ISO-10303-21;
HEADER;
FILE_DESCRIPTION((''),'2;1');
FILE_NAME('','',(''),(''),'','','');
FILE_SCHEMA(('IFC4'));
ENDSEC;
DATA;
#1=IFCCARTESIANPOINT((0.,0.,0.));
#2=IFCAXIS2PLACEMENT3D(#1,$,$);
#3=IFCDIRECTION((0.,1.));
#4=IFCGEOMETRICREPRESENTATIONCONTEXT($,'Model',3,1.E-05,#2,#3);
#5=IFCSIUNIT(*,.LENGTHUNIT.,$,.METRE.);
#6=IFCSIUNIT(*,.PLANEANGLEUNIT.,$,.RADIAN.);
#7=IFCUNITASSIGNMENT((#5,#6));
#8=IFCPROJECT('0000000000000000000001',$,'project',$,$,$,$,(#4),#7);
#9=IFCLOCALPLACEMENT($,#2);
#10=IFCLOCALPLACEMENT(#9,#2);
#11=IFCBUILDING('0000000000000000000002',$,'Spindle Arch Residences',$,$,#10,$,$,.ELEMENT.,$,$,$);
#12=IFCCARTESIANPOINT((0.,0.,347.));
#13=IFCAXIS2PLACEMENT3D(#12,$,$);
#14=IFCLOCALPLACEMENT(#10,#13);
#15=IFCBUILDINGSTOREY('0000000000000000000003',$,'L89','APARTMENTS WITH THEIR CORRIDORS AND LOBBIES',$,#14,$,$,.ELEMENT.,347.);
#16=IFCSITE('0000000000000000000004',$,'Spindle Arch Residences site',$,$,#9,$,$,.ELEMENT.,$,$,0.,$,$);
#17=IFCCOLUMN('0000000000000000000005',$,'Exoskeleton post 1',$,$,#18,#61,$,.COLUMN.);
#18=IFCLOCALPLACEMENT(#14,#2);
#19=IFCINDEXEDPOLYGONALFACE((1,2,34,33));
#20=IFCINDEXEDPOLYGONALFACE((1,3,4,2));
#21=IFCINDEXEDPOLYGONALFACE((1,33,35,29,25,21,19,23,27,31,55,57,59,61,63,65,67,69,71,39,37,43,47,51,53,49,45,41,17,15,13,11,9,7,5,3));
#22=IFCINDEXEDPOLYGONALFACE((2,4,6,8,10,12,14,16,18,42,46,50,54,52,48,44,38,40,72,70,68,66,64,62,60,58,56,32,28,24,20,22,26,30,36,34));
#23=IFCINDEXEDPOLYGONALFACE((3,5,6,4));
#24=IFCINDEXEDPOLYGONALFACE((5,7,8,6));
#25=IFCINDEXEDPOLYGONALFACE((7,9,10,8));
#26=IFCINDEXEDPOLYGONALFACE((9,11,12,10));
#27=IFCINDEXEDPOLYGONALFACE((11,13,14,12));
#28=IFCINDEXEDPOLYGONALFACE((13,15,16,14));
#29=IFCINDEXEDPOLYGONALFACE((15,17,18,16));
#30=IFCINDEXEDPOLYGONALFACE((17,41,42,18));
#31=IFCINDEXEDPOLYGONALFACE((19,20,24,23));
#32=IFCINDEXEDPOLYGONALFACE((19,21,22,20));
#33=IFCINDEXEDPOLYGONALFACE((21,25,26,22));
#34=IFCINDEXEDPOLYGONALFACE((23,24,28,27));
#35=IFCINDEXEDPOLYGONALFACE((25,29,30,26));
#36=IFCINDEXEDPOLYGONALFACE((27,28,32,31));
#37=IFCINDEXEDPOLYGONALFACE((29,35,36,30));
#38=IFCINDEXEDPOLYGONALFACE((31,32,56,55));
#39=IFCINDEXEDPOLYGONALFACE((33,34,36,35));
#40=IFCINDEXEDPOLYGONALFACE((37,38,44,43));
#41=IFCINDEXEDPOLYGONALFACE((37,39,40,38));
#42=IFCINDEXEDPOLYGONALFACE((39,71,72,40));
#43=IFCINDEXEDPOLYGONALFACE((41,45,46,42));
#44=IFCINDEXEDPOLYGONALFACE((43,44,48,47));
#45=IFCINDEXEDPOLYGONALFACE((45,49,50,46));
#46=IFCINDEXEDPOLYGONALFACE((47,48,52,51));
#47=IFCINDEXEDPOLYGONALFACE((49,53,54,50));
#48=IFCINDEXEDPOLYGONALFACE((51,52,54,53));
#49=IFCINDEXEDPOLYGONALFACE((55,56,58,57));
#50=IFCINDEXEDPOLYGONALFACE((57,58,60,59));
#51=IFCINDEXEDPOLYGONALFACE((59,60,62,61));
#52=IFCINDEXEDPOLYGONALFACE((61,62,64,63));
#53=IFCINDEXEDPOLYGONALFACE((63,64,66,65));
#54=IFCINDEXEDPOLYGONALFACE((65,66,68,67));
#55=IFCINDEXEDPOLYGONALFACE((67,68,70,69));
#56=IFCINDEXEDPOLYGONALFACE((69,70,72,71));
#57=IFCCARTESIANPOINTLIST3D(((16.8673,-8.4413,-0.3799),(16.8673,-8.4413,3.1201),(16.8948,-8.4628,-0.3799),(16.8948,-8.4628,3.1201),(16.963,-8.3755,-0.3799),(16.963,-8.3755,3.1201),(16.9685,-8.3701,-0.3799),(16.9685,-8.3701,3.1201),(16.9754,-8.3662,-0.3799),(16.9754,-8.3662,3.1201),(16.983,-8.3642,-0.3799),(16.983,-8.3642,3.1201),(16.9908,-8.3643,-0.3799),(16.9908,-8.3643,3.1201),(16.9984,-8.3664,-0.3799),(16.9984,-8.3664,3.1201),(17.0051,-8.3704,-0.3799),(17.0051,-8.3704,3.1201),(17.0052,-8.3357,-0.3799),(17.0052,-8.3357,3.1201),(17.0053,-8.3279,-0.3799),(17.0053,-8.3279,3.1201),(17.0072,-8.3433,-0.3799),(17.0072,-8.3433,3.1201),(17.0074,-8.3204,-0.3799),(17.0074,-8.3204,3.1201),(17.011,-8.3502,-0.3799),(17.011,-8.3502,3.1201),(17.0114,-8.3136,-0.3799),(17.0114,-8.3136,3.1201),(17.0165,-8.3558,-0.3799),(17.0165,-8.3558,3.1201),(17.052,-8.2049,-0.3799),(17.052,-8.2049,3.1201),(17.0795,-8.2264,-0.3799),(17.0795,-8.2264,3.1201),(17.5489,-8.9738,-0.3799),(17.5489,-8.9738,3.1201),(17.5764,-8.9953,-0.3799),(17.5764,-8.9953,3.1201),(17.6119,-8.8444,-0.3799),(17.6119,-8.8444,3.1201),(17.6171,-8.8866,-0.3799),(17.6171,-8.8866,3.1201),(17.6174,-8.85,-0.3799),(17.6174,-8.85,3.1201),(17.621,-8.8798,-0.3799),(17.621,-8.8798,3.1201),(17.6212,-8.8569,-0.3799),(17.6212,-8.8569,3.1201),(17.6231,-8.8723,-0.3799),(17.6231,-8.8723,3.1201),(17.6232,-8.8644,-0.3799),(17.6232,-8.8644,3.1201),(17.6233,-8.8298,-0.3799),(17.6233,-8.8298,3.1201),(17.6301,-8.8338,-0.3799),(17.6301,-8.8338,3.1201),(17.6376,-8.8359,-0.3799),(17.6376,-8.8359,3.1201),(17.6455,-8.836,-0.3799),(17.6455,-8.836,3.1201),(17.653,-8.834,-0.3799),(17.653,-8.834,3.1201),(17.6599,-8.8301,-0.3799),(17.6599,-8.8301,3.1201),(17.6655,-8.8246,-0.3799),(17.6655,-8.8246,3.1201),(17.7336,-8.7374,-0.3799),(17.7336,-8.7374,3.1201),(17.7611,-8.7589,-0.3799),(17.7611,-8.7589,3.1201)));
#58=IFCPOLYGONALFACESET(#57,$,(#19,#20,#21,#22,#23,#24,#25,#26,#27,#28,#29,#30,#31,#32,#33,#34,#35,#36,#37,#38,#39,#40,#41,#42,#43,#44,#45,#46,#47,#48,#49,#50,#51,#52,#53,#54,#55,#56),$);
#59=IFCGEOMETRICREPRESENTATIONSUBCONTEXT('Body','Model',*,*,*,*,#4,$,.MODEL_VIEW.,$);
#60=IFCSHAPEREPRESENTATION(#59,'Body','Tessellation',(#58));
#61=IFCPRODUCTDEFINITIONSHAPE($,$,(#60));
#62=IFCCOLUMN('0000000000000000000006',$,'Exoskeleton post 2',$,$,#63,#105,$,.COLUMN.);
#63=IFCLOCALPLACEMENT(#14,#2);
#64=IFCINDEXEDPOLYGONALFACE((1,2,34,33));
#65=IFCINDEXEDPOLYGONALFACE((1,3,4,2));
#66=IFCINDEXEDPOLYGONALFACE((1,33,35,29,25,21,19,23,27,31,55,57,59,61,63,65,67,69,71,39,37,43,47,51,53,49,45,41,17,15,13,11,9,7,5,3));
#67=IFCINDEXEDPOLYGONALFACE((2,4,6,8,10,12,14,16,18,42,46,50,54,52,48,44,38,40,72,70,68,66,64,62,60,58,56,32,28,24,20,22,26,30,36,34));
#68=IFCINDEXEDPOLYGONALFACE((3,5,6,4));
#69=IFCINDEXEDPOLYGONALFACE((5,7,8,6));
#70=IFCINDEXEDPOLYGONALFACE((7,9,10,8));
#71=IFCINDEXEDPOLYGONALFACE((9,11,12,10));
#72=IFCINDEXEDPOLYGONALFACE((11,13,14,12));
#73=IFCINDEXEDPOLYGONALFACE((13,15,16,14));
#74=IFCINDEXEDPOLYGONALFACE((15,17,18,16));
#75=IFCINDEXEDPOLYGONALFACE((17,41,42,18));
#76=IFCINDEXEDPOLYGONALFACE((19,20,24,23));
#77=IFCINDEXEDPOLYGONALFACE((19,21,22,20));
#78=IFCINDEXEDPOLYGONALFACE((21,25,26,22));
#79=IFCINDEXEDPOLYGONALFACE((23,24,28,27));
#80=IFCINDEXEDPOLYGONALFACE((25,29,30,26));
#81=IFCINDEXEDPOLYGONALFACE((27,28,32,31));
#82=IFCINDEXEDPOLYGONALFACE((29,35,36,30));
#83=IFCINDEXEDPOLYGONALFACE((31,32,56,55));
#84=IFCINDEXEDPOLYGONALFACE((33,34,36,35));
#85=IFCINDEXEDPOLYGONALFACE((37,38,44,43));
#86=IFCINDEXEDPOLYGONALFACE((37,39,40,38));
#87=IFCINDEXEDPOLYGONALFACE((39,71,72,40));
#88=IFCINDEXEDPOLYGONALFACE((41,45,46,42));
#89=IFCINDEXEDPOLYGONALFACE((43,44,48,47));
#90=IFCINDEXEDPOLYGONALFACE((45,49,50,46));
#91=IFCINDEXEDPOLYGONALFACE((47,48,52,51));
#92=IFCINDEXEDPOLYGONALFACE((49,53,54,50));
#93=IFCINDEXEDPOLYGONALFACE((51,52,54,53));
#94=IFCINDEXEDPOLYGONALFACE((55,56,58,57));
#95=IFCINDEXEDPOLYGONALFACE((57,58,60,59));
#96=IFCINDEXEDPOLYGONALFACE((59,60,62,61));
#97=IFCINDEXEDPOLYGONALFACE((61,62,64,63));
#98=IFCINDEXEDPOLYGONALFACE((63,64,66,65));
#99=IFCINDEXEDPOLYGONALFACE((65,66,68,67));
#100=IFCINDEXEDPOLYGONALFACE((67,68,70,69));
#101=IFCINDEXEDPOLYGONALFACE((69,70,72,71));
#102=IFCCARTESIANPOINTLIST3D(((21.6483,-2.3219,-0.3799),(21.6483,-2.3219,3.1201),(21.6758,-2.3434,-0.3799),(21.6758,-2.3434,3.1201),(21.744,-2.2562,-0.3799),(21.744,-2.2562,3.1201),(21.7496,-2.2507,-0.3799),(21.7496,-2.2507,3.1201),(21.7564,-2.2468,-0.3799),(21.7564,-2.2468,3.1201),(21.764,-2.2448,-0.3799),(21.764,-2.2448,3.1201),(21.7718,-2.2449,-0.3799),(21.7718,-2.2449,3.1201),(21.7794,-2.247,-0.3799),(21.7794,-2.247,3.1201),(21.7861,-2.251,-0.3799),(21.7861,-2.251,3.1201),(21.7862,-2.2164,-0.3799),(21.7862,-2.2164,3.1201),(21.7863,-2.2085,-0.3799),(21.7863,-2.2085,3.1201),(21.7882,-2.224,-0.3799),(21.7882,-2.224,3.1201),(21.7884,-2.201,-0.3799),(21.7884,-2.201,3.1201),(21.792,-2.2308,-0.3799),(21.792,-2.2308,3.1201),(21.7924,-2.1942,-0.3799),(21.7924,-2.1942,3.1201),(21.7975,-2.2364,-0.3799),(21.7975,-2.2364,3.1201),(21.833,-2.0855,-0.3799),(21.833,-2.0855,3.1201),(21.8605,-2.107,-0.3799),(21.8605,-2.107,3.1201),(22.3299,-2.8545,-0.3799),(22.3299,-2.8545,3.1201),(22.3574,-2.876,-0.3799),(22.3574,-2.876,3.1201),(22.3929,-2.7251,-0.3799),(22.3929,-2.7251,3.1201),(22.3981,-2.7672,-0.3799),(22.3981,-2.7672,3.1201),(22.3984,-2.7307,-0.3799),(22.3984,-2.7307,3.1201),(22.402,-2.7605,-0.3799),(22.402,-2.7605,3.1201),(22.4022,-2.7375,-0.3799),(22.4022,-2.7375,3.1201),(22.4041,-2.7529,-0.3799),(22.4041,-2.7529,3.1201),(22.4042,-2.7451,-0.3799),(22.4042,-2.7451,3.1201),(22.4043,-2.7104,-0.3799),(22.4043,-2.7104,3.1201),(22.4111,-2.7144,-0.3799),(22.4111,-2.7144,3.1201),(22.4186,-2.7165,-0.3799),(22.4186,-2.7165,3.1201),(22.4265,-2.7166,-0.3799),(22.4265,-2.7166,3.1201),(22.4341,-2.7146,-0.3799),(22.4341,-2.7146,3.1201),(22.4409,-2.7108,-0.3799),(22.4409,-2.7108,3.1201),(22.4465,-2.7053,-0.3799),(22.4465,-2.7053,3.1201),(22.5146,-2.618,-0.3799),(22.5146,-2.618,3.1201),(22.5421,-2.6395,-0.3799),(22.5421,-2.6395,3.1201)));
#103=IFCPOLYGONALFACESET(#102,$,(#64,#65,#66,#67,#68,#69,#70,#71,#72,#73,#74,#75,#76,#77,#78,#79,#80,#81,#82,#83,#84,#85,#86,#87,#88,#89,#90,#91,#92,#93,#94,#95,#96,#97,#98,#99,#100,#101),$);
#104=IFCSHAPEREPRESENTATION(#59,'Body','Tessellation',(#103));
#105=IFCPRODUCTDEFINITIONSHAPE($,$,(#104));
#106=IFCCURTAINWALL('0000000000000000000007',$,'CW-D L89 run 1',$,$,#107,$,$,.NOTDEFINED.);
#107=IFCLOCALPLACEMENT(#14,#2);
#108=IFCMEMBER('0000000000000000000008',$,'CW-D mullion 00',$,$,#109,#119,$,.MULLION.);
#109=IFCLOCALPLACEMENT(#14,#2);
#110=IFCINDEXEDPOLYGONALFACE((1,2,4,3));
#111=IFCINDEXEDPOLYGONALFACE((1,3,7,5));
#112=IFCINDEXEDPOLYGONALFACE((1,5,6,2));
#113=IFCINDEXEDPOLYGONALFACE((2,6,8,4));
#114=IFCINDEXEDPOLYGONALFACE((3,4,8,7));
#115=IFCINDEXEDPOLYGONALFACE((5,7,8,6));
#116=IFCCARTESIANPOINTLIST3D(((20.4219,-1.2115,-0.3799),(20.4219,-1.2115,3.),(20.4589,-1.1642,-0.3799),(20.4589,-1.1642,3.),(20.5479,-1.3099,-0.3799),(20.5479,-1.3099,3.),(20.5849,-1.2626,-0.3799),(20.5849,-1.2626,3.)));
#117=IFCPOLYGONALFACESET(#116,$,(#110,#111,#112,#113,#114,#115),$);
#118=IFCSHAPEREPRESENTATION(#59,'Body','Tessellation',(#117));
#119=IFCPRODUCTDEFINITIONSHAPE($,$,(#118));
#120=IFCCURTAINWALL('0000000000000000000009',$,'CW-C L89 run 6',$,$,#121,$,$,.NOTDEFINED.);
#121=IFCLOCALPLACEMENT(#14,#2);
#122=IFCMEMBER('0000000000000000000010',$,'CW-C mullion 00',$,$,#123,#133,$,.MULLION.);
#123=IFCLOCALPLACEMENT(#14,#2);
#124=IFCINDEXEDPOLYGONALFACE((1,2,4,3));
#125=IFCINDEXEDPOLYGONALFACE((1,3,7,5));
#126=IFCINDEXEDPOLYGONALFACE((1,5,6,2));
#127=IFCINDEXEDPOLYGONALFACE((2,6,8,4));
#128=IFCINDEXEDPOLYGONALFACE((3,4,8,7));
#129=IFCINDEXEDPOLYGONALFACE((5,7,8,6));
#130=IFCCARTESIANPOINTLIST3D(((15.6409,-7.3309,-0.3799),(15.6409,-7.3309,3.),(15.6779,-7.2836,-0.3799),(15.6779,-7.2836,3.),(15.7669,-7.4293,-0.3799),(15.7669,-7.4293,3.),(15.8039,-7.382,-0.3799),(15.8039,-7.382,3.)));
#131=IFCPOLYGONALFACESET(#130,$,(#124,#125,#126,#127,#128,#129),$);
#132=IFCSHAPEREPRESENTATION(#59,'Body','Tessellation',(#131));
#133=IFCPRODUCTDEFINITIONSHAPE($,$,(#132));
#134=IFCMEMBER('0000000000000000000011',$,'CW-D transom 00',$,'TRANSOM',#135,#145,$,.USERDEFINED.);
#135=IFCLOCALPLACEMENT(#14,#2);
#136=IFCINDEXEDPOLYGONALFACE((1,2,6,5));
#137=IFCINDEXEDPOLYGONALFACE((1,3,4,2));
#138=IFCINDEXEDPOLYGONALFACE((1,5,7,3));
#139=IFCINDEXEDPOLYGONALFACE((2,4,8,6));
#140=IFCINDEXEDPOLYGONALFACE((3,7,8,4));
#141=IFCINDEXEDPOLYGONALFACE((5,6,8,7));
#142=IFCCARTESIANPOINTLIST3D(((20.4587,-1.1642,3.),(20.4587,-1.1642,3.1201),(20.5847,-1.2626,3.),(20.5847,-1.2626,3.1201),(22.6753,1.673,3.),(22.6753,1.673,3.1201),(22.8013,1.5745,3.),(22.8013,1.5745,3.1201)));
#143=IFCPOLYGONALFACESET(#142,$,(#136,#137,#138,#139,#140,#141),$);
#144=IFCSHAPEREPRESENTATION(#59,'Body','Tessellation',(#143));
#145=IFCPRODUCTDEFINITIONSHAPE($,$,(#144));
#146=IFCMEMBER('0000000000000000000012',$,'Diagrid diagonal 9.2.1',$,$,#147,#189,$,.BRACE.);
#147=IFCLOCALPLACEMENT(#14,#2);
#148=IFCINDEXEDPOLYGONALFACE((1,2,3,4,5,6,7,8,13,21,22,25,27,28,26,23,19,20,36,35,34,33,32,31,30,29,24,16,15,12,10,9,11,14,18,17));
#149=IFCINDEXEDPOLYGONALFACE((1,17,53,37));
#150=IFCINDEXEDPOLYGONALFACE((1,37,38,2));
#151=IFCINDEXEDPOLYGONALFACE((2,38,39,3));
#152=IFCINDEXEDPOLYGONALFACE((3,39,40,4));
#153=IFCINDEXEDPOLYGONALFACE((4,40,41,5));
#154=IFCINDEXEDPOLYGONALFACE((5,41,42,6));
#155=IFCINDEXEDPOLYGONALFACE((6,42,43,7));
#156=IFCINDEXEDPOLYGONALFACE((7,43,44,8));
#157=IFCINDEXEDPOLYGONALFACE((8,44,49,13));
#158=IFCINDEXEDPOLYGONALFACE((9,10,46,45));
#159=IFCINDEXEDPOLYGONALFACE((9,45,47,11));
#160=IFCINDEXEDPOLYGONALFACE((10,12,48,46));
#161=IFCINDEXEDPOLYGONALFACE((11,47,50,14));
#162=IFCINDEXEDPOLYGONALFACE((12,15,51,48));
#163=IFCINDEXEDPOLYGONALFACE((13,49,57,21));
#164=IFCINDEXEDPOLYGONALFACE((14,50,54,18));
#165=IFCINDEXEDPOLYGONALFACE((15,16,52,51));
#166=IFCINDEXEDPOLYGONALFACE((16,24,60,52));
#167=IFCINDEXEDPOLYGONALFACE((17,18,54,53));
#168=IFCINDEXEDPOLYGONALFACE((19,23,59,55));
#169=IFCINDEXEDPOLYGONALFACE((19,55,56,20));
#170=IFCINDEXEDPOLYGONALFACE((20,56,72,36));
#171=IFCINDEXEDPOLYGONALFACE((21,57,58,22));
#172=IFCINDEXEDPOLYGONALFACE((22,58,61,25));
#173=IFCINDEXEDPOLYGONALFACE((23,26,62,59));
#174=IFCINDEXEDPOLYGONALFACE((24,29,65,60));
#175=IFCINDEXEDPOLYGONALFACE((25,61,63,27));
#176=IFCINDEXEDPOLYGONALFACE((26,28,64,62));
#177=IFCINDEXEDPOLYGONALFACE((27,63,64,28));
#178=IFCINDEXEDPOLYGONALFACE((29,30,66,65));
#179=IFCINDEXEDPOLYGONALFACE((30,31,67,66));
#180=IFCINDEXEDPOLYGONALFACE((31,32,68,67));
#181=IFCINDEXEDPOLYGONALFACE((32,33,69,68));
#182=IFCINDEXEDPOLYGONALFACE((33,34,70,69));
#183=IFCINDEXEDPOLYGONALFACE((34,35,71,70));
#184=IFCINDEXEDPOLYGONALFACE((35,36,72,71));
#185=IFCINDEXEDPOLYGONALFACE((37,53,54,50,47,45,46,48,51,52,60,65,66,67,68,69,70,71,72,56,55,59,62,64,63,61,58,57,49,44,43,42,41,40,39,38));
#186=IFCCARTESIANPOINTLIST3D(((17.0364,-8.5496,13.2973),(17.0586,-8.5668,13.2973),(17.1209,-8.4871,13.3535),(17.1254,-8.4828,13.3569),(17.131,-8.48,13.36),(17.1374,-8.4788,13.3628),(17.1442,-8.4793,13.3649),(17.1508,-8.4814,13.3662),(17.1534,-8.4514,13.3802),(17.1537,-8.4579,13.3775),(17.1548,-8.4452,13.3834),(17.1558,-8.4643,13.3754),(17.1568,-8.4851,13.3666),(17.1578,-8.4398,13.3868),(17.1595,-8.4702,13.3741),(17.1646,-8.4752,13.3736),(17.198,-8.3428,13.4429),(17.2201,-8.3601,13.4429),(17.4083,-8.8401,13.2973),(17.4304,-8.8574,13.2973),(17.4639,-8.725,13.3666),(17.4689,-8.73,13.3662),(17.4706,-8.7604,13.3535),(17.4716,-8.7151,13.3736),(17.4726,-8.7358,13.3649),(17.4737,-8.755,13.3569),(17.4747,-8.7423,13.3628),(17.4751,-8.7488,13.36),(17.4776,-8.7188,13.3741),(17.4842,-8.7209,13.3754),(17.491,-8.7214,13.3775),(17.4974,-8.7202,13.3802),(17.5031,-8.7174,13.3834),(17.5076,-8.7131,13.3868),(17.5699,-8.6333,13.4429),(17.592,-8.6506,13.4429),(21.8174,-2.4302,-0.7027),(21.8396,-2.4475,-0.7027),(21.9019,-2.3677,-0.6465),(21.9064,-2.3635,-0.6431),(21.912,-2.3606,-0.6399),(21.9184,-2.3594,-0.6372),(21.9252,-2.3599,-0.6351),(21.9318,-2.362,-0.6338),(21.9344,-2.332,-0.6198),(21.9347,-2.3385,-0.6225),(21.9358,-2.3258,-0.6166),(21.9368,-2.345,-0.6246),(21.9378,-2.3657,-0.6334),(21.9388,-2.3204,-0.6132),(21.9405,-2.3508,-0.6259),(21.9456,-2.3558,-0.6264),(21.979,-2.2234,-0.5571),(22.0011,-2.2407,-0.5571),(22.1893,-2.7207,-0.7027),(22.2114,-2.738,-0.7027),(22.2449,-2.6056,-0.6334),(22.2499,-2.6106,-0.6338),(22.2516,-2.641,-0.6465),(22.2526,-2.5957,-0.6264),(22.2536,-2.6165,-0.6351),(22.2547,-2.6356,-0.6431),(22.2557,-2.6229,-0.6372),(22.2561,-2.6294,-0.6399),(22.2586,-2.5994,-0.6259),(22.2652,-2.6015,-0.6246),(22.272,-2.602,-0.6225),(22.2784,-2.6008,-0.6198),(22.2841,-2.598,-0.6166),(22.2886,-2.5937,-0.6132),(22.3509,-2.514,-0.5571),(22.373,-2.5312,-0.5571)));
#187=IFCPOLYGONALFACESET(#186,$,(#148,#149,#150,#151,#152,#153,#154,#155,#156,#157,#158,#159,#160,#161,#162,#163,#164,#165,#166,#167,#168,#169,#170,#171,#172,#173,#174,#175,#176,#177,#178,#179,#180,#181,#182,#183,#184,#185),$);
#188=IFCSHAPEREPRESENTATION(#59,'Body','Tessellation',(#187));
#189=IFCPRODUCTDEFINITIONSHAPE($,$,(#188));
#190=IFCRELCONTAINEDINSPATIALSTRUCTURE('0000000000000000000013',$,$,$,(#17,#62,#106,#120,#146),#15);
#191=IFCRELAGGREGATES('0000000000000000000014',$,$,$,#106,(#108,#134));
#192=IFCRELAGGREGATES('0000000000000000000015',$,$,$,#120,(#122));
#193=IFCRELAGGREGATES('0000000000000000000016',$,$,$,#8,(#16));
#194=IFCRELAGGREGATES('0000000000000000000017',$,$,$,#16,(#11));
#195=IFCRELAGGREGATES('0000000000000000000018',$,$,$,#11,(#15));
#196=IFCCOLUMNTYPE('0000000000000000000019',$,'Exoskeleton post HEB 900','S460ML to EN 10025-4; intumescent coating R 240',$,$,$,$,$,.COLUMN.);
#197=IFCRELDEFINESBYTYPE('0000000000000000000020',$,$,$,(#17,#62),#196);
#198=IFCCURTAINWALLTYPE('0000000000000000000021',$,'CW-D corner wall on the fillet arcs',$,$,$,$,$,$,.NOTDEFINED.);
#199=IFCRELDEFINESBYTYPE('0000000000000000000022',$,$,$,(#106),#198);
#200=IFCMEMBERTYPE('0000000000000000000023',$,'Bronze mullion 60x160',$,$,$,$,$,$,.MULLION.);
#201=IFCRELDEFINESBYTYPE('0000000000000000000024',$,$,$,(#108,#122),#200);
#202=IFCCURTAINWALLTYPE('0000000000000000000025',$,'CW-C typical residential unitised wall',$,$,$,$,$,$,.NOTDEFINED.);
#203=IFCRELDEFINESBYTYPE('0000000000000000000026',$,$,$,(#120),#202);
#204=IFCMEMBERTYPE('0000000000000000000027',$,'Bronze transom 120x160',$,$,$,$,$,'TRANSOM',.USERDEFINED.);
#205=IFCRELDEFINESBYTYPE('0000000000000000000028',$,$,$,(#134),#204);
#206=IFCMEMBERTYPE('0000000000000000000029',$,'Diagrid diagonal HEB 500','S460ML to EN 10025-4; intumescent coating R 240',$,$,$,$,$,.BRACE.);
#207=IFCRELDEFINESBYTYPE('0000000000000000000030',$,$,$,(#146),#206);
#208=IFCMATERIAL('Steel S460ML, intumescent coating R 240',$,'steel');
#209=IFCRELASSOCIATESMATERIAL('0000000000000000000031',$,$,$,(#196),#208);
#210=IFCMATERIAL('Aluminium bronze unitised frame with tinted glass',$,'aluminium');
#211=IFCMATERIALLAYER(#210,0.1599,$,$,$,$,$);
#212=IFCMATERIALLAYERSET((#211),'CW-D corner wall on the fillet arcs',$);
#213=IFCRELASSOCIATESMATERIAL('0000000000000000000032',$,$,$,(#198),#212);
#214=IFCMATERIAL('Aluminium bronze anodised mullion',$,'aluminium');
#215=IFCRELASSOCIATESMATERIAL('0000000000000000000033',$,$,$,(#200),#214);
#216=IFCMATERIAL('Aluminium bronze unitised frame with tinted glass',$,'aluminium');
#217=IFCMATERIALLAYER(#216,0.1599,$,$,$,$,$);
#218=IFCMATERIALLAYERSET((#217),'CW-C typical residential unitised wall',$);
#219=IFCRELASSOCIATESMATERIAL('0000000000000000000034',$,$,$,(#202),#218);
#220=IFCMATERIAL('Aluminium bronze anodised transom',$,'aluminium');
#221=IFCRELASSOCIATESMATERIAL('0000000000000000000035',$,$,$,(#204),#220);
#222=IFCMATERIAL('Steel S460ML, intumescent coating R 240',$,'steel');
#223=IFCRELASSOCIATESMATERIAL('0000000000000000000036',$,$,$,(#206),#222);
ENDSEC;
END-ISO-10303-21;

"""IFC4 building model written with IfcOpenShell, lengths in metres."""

from ifc_helpers import new_model, si_unit, direction, frame, origin, origin_2d, place, context, subcontext, project, spatial, rectangle, i_section, extrude, material, layer, layer_set, material_profile, profile_set, type_object, element, aggregate, save


model = new_model("IFC4")

# Units and contexts
model_context = context("Model", 3, precision=1e-05, world=origin(), true_north=direction((0.0, 1.0)))
body_context = subcontext(model_context, "Body", "Model", "MODEL_VIEW")
ifc_project = project(units=[si_unit("LENGTHUNIT", "METRE"), si_unit("PLANEANGLEUNIT", "RADIAN")], contexts=[model_context])

# Site, building, storey
site_placement = place(None, origin())
site = spatial("IfcSite", under=ifc_project, at=site_placement, Name="Spindle Arch Residences site", CompositionType="ELEMENT", RefElevation=0.0)
building_placement = place(site_placement, origin())
building = spatial("IfcBuilding", under=site, at=building_placement, Name="Spindle Arch Residences", CompositionType="ELEMENT")
storey_placement = place(building_placement, frame((0.0, 0.0, 347.0)))
storey = spatial("IfcBuildingStorey", under=building, at=storey_placement, Name="L89", Description="APARTMENTS WITH THEIR CORRIDORS AND LOBBIES", CompositionType="ELEMENT", Elevation=347.0)

# Columns
ifc_material_1 = material(Name="Steel S460ML, intumescent coating R 240", Category="steel")
ifc_material_profile_1 = material_profile(ifc_material_1, i_section(OverallWidth=0.3, OverallDepth=0.8999, WebThickness=0.0186, FlangeThickness=0.0349, FilletRadius=0.03, at=origin_2d()), Name="HEB 900")
ifc_profile_set_1 = profile_set([ifc_material_profile_1], Name="Steel S460ML, intumescent coating R 240")
column_type = type_object("IfcColumnType", Name="Exoskeleton post HEB 900", Description="S460ML to EN 10025-4; intumescent coating R 240", PredefinedType="COLUMN", material=ifc_profile_set_1)
for number, where, z_axis, x_axis, name in (
    (1, (17.3142, -8.6001, -0.3799), (0.0, 0.0, 1.0), (-0.615661, -0.788011, 0.0), "Exoskeleton post 1"),
    (2, (22.0952, -2.4807, -0.3799), (0.0, 0.0, 1.0), (-0.615661, -0.788011, 0.0), "Exoskeleton post 2"),
):
    element("IfcColumn", number, at=place(storey_placement, frame(where, z_axis=z_axis, x_axis=x_axis)), inside=storey, type_object=column_type, Name=name, PredefinedType="COLUMN", context=body_context, shape_type="SweptSolid", body=[
        extrude(i_section(OverallWidth=0.3, OverallDepth=0.8999, WebThickness=0.0186, FlangeThickness=0.0349, FilletRadius=0.03, at=origin_2d()), origin(), (0.0, 0.0, 1.0), 3.5),
    ])

# Curtain walls, members
ifc_material_2 = material(Name="Aluminium bronze unitised frame with tinted glass", Category="aluminium")
ifc_layer_1 = layer(ifc_material_2, 0.1599)
ifc_layer_set_1 = layer_set([ifc_layer_1], Name="CW-D corner wall on the fillet arcs")
curtain_wall_type_1 = type_object("IfcCurtainWallType", Name="CW-D corner wall on the fillet arcs", PredefinedType="NOTDEFINED", material=ifc_layer_set_1)
curtain_wall_1_placement = place(storey_placement, origin())
curtain_wall_1 = element("IfcCurtainWall", 3, at=curtain_wall_1_placement, inside=storey, type_object=curtain_wall_type_1, Name="CW-D L89 run 1", PredefinedType="NOTDEFINED")
ifc_material_3 = material(Name="Aluminium bronze anodised mullion", Category="aluminium")
ifc_material_profile_2 = material_profile(ifc_material_3, rectangle(XDim=0.1599, YDim=0.0601, at=origin_2d()), Name="MU 60x160")
ifc_profile_set_2 = profile_set([ifc_material_profile_2], Name="Aluminium bronze anodised mullion")
member_type_1 = type_object("IfcMemberType", Name="Bronze mullion 60x160", PredefinedType="MULLION", material=ifc_profile_set_2)
member_1_placement = place(storey_placement, frame((20.5034, -1.2371, -0.3799), z_axis=(0.0, 0.0, 1.0), x_axis=(-0.788011, 0.615661, 0.0)))
member_1 = element("IfcMember", 4, at=member_1_placement, type_object=member_type_1, Name="CW-D mullion 00", PredefinedType="MULLION", context=body_context, shape_type="SweptSolid", body=[
    extrude(rectangle(XDim=0.1599, YDim=0.0601, at=origin_2d()), origin(), (0.0, 0.0, 1.0), 3.3799),
])
ifc_material_4 = material(Name="Aluminium bronze unitised frame with tinted glass", Category="aluminium")
ifc_layer_2 = layer(ifc_material_4, 0.1599)
ifc_layer_set_2 = layer_set([ifc_layer_2], Name="CW-C typical residential unitised wall")
curtain_wall_type_2 = type_object("IfcCurtainWallType", Name="CW-C typical residential unitised wall", PredefinedType="NOTDEFINED", material=ifc_layer_set_2)
curtain_wall_2_placement = place(storey_placement, origin())
curtain_wall_2 = element("IfcCurtainWall", 5, at=curtain_wall_2_placement, inside=storey, type_object=curtain_wall_type_2, Name="CW-C L89 run 6", PredefinedType="NOTDEFINED")
member_2_placement = place(storey_placement, frame((15.7224, -7.3564, -0.3799), z_axis=(0.0, 0.0, 1.0), x_axis=(-0.788011, 0.615661, 0.0)))
member_2 = element("IfcMember", 6, at=member_2_placement, type_object=member_type_1, Name="CW-C mullion 00", PredefinedType="MULLION", context=body_context, shape_type="SweptSolid", body=[
    extrude(rectangle(XDim=0.1599, YDim=0.0601, at=origin_2d()), origin(), (0.0, 0.0, 1.0), 3.3799),
])

# Member
ifc_material_5 = material(Name="Aluminium bronze anodised transom", Category="aluminium")
ifc_material_profile_3 = material_profile(ifc_material_5, rectangle(XDim=0.1599, YDim=0.1201, at=origin_2d()), Name="TR 120x160")
ifc_profile_set_3 = profile_set([ifc_material_profile_3], Name="Aluminium bronze anodised transom")
member_type_2 = type_object("IfcMemberType", Name="Bronze transom 120x160", ElementType="TRANSOM", PredefinedType="USERDEFINED", material=ifc_profile_set_3)
member_3_placement = place(storey_placement, frame((20.5217, -1.2134, 3.0601), z_axis=(0.615648, 0.788021, 0.0), x_axis=(-0.788021, 0.615648, 0.0)))
member_3 = element("IfcMember", 7, at=member_3_placement, type_object=member_type_2, Name="CW-D transom 00", ObjectType="TRANSOM", PredefinedType="USERDEFINED", context=body_context, shape_type="SweptSolid", body=[
    extrude(rectangle(XDim=0.1599, YDim=0.1201, at=origin_2d()), origin(), (0.0, 0.0, 1.0), 3.6003),
])
aggregate(curtain_wall_1, [member_1, member_3])

# Member
ifc_material_6 = material(Name="Steel S460ML, intumescent coating R 240", Category="steel")
ifc_material_profile_4 = material_profile(ifc_material_6, i_section(OverallWidth=0.3, OverallDepth=0.5, WebThickness=0.0144, FlangeThickness=0.0281, FilletRadius=0.0271, at=origin_2d()), Name="HEB 500")
ifc_profile_set_4 = profile_set([ifc_material_profile_4], Name="Steel S460ML, intumescent coating R 240")
member_type_3 = type_object("IfcMemberType", Name="Diagrid diagonal HEB 500", Description="S460ML to EN 10025-4; intumescent coating R 240", PredefinedType="BRACE", material=ifc_profile_set_4)
member_4_placement = place(storey_placement, frame((22.0952, -2.4807, -0.6299), z_axis=(-0.298635, -0.382234, 0.874479), x_axis=(0.538385, 0.689098, 0.485063)))
element("IfcMember", 8, at=member_4_placement, inside=storey, type_object=member_type_3, Name="Diagrid diagonal 9.2.1", PredefinedType="BRACE", context=body_context, shape_type="SweptSolid", body=[
    extrude(i_section(OverallWidth=0.3, OverallDepth=0.5, WebThickness=0.0144, FlangeThickness=0.0281, FilletRadius=0.0271, at=origin_2d()), origin(), (0.0, 0.0, 1.0), 16.0095),
])

aggregate(curtain_wall_2, [member_2])

save(model, "model.ifc")
